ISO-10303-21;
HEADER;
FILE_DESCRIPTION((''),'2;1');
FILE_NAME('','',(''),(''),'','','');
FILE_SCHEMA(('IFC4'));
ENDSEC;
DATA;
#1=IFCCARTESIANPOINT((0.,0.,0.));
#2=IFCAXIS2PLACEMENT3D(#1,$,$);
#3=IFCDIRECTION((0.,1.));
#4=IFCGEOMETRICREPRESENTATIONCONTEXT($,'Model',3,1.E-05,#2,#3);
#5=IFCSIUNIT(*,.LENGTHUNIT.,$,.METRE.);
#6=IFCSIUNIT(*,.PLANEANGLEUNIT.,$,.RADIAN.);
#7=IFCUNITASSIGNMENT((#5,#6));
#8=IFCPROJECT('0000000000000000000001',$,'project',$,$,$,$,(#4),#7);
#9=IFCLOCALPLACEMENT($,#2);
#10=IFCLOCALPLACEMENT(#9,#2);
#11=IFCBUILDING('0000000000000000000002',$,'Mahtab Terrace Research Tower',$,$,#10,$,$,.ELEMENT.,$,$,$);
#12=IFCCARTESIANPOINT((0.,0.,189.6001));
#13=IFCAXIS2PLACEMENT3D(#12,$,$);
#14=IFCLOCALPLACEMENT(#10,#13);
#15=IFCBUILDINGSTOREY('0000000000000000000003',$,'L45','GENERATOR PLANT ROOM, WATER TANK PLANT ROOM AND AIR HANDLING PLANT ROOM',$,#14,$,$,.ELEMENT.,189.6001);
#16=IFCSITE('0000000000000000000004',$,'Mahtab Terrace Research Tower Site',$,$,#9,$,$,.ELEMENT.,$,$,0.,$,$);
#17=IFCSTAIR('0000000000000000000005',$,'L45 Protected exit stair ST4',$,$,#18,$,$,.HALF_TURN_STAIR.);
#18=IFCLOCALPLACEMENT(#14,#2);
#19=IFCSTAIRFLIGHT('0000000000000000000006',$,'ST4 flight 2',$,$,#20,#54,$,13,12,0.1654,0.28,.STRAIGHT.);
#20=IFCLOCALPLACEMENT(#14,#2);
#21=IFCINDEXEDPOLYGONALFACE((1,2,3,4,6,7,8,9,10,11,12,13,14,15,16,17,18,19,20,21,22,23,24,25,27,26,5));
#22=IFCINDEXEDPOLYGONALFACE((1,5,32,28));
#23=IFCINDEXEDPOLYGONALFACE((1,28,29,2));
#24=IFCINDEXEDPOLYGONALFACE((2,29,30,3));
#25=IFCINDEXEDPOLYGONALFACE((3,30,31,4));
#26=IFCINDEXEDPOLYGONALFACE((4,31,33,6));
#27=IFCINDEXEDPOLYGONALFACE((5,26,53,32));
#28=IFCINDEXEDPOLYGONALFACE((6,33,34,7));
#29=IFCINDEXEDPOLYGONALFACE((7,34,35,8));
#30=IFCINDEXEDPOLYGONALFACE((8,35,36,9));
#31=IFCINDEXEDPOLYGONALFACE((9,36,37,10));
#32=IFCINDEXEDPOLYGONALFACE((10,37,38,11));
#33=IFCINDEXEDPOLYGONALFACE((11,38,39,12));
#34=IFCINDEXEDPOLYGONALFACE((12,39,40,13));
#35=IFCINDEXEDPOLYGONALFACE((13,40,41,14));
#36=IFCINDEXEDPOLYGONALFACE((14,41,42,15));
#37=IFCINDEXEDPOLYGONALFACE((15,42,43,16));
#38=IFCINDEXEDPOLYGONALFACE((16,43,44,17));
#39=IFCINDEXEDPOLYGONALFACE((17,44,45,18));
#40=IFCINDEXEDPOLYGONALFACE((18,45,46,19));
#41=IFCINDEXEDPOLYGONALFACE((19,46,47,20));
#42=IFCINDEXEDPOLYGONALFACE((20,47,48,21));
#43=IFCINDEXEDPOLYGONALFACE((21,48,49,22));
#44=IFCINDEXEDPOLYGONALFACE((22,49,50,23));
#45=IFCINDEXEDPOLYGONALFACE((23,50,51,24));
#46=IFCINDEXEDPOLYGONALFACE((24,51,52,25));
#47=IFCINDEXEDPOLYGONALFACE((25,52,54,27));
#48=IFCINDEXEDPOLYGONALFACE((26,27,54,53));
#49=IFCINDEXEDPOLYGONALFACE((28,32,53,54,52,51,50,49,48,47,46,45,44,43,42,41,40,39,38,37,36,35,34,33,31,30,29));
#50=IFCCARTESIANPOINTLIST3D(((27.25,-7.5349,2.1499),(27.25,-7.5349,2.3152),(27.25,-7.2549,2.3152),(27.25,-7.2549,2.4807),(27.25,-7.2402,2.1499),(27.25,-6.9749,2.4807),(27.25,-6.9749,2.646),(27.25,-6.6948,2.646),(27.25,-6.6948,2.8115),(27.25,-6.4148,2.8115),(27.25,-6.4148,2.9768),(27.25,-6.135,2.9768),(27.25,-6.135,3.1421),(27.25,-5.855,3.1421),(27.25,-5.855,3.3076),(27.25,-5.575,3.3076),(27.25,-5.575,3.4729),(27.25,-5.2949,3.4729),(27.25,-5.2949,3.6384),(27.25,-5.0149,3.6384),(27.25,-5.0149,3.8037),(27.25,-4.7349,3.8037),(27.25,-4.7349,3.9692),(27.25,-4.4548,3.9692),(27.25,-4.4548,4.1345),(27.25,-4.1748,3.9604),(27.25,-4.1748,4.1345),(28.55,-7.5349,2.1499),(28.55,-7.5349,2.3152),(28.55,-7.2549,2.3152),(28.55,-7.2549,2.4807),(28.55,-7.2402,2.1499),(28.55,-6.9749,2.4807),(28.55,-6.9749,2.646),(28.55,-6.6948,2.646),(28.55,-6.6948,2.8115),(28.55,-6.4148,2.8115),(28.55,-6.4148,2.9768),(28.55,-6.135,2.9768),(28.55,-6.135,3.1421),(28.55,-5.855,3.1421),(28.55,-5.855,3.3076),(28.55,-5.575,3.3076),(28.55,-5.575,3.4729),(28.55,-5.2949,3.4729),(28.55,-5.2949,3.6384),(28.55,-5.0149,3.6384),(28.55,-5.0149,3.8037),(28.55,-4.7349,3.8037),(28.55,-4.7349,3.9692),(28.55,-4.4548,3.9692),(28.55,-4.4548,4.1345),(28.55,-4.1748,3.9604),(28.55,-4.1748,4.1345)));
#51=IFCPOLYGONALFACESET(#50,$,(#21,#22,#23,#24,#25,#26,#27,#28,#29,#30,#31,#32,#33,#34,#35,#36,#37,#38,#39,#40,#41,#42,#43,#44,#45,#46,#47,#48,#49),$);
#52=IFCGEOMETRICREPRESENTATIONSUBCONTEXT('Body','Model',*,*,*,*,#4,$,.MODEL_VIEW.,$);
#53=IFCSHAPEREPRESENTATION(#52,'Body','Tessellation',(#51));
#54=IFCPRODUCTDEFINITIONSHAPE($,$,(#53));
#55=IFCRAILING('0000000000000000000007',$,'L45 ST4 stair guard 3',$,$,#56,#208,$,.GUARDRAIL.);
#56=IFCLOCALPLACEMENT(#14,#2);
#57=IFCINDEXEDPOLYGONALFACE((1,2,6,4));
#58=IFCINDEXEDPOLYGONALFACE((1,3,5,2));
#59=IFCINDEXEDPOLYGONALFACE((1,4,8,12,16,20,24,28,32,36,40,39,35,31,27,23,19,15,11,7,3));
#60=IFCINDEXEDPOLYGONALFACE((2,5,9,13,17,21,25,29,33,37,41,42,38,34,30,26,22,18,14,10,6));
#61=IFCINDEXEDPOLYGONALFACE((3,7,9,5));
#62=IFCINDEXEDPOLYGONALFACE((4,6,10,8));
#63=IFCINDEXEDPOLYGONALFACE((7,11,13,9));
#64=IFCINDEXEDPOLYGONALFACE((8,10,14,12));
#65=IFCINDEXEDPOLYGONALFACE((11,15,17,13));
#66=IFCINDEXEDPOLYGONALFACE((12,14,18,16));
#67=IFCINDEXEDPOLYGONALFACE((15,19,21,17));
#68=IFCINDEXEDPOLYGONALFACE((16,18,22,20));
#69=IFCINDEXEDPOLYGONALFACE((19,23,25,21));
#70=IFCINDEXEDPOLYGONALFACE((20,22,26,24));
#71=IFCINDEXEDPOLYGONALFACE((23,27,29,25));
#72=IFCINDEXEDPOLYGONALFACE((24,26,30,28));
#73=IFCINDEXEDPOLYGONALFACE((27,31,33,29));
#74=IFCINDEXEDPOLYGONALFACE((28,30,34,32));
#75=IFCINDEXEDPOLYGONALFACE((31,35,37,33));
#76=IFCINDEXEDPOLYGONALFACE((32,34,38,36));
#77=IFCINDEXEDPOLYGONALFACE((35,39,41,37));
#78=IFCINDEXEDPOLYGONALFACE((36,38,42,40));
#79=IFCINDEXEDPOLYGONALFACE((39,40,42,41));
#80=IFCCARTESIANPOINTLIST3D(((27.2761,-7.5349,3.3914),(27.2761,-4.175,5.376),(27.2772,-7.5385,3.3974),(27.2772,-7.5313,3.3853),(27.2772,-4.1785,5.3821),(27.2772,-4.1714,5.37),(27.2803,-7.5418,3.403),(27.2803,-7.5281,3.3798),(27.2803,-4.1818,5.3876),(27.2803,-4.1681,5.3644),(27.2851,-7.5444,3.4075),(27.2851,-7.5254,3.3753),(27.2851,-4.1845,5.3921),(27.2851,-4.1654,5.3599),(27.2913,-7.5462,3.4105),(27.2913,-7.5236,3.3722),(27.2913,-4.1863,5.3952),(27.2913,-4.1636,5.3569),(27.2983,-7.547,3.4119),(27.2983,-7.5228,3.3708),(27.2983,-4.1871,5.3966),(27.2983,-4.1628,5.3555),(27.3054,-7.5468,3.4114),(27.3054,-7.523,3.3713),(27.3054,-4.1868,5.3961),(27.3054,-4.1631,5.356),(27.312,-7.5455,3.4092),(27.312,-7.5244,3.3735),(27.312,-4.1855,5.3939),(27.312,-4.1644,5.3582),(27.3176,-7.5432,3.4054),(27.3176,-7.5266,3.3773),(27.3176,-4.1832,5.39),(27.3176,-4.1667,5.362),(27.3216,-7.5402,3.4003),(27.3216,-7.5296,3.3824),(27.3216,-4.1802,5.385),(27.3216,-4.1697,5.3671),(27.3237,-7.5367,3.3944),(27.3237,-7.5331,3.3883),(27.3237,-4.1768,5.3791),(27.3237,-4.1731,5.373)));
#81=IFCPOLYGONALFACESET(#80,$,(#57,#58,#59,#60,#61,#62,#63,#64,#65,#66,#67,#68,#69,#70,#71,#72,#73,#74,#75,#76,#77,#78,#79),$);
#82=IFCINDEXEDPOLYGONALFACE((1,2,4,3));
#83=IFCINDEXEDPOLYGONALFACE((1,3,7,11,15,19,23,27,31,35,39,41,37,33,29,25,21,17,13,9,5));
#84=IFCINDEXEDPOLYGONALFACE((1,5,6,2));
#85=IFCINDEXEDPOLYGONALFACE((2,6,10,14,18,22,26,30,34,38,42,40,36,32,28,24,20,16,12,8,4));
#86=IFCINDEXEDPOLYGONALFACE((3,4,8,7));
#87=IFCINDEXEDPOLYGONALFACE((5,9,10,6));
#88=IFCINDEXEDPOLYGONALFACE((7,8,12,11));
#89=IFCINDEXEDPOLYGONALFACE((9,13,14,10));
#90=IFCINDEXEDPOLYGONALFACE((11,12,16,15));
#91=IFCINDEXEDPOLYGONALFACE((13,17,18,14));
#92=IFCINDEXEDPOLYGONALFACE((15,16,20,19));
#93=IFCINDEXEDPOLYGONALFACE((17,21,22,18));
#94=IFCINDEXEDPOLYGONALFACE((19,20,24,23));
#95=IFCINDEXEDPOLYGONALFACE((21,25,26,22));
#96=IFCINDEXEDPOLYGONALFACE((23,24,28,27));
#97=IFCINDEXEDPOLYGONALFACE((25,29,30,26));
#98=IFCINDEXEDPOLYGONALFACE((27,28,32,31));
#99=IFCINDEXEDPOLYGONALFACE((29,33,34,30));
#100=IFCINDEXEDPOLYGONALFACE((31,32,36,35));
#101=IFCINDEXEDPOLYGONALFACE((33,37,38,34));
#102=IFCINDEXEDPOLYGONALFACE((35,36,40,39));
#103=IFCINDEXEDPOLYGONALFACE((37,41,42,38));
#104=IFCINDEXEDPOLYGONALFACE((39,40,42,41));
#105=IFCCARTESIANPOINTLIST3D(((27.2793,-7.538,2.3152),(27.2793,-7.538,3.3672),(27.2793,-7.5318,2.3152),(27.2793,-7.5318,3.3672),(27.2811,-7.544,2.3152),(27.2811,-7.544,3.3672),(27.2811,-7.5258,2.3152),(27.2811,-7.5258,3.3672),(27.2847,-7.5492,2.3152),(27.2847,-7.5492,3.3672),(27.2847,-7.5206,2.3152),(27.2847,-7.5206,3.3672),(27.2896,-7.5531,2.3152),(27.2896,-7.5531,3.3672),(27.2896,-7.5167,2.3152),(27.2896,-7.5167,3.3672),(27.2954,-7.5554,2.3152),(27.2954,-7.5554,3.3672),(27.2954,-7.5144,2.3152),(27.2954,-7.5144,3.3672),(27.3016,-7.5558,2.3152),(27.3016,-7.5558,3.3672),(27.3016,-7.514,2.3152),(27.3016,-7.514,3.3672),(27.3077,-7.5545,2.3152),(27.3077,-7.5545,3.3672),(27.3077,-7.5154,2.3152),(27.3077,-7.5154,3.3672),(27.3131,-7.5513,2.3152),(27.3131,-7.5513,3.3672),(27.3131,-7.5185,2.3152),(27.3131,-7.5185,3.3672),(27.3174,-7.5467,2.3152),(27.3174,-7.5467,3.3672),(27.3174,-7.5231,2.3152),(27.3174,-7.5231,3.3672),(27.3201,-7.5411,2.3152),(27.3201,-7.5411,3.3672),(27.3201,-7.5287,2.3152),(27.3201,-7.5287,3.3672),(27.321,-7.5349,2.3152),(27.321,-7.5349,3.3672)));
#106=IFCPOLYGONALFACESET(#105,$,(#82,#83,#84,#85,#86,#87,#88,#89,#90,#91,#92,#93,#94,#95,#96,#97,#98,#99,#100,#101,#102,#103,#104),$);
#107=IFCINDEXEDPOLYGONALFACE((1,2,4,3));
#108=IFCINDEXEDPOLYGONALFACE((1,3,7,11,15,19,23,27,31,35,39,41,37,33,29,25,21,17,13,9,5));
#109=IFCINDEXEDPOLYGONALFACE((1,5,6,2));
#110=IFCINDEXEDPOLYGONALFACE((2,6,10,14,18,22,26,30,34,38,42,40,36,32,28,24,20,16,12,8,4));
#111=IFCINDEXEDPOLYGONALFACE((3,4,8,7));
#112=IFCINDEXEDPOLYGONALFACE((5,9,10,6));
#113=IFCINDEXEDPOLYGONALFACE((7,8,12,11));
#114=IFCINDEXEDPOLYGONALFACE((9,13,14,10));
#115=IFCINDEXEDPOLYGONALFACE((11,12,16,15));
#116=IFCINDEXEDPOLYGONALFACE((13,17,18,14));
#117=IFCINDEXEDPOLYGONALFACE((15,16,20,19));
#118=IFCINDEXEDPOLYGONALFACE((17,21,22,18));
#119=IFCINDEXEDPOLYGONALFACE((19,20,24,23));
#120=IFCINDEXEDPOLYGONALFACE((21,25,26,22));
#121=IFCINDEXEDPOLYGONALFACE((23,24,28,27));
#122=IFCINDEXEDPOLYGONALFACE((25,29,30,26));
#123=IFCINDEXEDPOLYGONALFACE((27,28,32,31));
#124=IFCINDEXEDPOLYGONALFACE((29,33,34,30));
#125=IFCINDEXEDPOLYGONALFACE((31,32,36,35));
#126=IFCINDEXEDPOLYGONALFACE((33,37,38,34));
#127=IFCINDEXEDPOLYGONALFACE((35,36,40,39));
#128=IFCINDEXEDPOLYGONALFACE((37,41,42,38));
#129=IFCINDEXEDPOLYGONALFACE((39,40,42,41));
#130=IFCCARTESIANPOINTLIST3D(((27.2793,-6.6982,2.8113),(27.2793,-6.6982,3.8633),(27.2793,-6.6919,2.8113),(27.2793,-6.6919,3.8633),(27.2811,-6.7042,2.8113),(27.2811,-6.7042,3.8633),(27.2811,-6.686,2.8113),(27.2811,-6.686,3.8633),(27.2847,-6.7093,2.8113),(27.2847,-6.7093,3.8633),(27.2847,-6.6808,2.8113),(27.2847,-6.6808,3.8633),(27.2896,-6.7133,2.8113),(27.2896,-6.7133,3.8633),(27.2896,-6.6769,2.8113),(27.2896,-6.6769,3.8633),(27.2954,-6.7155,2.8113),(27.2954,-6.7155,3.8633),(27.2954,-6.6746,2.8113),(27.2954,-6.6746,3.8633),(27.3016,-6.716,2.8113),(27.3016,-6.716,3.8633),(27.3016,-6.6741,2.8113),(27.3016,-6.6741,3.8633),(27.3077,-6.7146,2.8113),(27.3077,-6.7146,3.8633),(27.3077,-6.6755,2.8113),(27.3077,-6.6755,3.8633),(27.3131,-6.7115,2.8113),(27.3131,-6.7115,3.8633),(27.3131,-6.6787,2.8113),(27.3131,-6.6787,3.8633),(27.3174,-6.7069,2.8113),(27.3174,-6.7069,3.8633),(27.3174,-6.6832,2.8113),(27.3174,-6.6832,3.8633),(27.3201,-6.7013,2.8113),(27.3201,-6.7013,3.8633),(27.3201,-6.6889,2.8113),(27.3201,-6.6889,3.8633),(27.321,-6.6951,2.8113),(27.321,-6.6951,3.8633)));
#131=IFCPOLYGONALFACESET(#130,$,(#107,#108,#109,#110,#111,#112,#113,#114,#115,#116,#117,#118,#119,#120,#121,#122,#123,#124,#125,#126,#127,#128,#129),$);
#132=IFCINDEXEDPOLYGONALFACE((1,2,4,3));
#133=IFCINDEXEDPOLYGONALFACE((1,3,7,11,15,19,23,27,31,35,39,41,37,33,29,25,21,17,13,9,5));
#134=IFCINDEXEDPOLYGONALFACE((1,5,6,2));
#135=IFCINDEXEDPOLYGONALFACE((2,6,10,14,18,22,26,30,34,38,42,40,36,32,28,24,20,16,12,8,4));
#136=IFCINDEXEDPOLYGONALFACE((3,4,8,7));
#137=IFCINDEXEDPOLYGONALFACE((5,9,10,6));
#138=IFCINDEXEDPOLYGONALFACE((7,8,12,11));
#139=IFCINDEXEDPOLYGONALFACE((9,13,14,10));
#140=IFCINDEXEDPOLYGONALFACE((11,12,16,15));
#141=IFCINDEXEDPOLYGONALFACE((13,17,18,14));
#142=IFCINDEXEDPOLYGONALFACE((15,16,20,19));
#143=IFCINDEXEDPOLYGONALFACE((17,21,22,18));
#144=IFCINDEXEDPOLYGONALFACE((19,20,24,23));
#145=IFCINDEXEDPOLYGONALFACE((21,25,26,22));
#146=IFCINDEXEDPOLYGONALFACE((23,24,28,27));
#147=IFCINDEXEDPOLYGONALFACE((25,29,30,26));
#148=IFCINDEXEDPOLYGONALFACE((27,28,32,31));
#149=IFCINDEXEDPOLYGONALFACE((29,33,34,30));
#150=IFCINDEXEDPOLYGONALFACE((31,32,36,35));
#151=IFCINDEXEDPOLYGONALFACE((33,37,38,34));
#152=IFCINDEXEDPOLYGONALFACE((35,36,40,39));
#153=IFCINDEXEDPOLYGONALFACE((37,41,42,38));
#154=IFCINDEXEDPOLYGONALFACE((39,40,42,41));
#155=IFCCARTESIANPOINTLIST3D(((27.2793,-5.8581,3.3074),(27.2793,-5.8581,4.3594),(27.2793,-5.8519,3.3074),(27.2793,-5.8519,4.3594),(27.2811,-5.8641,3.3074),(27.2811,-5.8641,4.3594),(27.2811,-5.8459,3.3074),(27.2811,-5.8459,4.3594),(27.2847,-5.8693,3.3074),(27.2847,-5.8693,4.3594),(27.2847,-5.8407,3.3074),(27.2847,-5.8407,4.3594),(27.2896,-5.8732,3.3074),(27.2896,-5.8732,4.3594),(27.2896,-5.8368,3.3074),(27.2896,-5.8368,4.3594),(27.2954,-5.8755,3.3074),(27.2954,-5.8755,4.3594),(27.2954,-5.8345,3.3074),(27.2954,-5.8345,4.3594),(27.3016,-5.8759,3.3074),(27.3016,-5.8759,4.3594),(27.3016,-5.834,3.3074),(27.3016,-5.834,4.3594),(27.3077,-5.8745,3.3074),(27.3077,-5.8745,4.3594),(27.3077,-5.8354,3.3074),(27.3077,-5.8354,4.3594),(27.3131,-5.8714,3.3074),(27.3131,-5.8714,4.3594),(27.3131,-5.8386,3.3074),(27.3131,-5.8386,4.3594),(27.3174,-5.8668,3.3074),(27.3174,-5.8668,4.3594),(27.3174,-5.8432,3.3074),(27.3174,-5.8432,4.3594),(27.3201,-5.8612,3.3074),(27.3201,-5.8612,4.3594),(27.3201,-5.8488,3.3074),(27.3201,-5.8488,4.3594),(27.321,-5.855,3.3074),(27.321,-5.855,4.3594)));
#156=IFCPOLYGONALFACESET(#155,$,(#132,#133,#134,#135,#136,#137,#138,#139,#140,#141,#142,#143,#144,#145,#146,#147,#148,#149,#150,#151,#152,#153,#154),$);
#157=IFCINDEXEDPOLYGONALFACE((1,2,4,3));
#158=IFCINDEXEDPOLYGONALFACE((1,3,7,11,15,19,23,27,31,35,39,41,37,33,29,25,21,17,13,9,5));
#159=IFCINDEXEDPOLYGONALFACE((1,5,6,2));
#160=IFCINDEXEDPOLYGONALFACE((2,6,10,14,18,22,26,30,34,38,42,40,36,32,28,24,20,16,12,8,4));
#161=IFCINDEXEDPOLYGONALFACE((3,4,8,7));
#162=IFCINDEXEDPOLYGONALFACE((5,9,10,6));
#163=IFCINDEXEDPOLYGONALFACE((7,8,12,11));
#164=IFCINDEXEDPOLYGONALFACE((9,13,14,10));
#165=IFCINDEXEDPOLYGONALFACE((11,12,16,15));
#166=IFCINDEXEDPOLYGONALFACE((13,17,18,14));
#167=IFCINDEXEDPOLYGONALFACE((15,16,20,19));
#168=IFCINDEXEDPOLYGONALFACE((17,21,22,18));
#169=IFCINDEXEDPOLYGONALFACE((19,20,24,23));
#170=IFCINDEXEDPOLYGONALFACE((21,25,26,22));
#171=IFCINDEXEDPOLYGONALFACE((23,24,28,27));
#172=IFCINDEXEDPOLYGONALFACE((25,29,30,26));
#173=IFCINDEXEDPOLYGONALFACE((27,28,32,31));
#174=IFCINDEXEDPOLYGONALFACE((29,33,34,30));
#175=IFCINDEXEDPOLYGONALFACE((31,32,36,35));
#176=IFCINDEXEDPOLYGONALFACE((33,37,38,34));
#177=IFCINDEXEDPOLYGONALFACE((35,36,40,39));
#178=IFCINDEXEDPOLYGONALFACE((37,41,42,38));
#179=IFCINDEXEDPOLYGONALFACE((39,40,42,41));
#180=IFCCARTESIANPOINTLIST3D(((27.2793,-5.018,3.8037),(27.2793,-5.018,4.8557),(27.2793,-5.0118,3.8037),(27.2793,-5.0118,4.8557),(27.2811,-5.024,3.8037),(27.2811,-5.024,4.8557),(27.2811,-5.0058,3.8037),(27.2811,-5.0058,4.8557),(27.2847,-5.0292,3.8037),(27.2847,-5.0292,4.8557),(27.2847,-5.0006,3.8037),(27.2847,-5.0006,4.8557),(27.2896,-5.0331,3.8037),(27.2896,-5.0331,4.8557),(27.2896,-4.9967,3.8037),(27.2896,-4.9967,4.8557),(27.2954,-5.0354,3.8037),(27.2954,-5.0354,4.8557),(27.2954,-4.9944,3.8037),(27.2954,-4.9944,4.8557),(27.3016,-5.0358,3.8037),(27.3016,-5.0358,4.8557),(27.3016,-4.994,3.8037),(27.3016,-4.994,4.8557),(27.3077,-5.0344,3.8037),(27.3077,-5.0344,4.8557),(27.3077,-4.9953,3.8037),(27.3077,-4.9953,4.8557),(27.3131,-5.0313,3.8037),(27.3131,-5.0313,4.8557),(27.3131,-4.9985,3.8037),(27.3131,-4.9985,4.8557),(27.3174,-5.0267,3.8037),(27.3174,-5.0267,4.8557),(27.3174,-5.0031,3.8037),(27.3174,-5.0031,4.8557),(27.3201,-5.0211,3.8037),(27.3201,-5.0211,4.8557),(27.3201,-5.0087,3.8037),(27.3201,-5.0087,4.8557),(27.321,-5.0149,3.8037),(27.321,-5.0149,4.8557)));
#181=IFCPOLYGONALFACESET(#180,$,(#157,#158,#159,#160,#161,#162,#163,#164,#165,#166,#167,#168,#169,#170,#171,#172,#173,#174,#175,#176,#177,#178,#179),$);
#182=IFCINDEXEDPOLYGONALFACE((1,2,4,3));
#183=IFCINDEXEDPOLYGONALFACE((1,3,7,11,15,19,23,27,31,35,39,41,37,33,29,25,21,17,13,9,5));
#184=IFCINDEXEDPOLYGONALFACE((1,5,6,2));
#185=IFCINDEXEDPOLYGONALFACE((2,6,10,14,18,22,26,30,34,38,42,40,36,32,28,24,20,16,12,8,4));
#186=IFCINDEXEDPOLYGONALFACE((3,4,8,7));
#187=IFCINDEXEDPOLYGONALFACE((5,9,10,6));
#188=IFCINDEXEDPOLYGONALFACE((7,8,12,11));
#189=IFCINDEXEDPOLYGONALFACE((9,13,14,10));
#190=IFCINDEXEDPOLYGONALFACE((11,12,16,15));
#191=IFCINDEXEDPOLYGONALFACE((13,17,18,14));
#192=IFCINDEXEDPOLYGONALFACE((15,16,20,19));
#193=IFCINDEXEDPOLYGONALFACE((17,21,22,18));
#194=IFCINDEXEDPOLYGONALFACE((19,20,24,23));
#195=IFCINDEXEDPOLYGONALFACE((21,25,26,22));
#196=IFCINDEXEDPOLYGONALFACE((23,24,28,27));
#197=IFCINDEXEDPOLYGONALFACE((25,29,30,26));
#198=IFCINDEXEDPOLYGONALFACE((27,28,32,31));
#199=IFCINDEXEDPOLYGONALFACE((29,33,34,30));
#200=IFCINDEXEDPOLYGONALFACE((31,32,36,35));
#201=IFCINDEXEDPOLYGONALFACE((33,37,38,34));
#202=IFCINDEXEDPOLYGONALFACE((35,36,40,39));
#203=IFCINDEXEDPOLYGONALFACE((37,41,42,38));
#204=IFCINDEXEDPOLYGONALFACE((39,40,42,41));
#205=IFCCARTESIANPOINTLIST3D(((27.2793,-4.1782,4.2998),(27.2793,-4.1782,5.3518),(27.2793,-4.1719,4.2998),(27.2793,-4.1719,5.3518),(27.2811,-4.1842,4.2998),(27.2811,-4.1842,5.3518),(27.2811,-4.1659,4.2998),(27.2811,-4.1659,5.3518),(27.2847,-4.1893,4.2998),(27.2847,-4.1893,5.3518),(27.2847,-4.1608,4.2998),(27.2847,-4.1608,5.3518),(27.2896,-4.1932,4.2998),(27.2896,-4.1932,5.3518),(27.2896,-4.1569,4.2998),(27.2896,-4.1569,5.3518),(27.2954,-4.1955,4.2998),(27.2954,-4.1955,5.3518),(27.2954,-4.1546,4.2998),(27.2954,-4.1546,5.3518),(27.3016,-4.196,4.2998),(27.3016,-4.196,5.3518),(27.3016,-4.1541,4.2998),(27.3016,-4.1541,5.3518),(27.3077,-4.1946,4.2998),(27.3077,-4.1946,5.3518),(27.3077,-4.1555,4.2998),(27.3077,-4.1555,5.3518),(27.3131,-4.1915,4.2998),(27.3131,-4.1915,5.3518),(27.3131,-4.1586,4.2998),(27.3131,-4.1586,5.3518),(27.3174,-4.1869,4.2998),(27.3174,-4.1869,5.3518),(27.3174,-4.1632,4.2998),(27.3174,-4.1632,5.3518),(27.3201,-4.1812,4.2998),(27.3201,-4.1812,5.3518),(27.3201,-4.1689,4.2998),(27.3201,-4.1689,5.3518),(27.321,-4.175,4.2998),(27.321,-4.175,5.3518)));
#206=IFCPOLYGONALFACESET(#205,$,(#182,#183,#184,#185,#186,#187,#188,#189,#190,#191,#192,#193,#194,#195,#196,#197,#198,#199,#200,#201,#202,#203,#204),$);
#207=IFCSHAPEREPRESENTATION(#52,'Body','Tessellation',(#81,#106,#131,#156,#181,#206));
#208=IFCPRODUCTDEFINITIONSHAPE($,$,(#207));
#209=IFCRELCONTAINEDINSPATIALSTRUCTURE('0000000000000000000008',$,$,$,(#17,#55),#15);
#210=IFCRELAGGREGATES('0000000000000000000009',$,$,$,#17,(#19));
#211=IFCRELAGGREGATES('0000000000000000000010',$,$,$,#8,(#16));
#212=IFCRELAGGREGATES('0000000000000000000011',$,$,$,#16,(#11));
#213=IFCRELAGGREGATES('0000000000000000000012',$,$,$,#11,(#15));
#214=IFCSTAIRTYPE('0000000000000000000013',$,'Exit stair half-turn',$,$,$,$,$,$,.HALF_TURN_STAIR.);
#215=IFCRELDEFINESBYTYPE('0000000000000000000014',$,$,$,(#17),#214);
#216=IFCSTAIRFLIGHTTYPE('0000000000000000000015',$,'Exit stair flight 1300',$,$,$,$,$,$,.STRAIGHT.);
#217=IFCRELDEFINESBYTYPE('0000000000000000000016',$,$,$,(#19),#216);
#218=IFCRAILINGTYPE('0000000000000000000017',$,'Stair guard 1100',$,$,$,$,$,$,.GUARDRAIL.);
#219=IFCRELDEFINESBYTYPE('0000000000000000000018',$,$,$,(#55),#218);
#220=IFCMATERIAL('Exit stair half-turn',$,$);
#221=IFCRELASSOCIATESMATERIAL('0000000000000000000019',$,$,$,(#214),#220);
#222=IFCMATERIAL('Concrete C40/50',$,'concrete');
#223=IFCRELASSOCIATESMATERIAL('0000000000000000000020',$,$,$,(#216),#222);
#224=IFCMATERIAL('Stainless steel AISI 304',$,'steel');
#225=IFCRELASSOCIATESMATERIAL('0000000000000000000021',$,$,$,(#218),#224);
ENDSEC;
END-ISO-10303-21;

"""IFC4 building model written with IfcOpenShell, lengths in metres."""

from ifc_helpers import new_model, si_unit, direction, frame, origin, origin_2d, place, context, subcontext, project, spatial, polyline, circle, outline, extrude, material, type_object, element, aggregate, save


model = new_model("IFC4")

# Units and contexts
model_context = context("Model", 3, precision=1e-05, world=origin(), true_north=direction((0.0, 1.0)))
body_context = subcontext(model_context, "Body", "Model", "MODEL_VIEW")
ifc_project = project(units=[si_unit("LENGTHUNIT", "METRE"), si_unit("PLANEANGLEUNIT", "RADIAN")], contexts=[model_context])

# Site, building, storey
site_placement = place(None, origin())
site = spatial("IfcSite", under=ifc_project, at=site_placement, Name="Mahtab Terrace Research Tower Site", CompositionType="ELEMENT", RefElevation=0.0)
building_placement = place(site_placement, origin())
building = spatial("IfcBuilding", under=site, at=building_placement, Name="Mahtab Terrace Research Tower", CompositionType="ELEMENT")
storey_placement = place(building_placement, frame((0.0, 0.0, 189.6001)))
storey = spatial("IfcBuildingStorey", under=building, at=storey_placement, Name="L45", Description="GENERATOR PLANT ROOM, WATER TANK PLANT ROOM AND AIR HANDLING PLANT ROOM", CompositionType="ELEMENT", Elevation=189.6001)

# Stair, stair flight
ifc_material_1 = material(Name="Exit stair half-turn")
stair_type = type_object("IfcStairType", Name="Exit stair half-turn", PredefinedType="HALF_TURN_STAIR", material=ifc_material_1)
stair_placement = place(storey_placement, origin())
stair = element("IfcStair", 1, at=stair_placement, inside=storey, type_object=stair_type, Name="L45 Protected exit stair ST4", PredefinedType="HALF_TURN_STAIR")
ifc_material_2 = material(Name="Concrete C40/50", Category="concrete")
stair_flight_type = type_object("IfcStairFlightType", Name="Exit stair flight 1300", PredefinedType="STRAIGHT", material=ifc_material_2)
stair_flight_placement = place(storey_placement, frame((27.8999, -7.5349, 2.1499), z_axis=(0.0, 0.0, 1.0), x_axis=(0.0, 1.0, 0.0)))
stair_flight = element("IfcStairFlight", 2, at=stair_flight_placement, type_object=stair_flight_type, Name="ST4 flight 2", NumberOfRisers=13, NumberOfTreads=12, PredefinedType="STRAIGHT", RiserHeight=0.1654, TreadLength=0.28, context=body_context, shape_type="SweptSolid", body=[
    extrude(outline(polyline([(0.0, 0.0), (0.0, 0.1653), (0.28, 0.1653), (0.28, 0.3308), (0.5601, 0.3308), (0.5601, 0.4961), (0.8401, 0.4961), (0.8401, 0.6616), (1.1201, 0.6616), (1.1201, 0.8269), (1.3999, 0.8269), (1.3999, 0.9922), (1.6799, 0.9922), (1.6799, 1.1577), (1.96, 1.1577), (1.96, 1.323), (2.24, 1.323), (2.24, 1.4885), (2.52, 1.4885), (2.52, 1.6538), (2.8, 1.6538), (2.8, 1.8193), (3.0801, 1.8193), (3.0801, 1.9846), (3.3601, 1.9846), (3.3601, 2.1499), (3.3601, 1.8105), (0.2947, 0.0), (0.0, 0.0)])), frame((0.0, 0.6499, 0.0), z_axis=(0.0, -1.0, 0.0), x_axis=(1.0, 0.0, 0.0)), (0.0, 0.0, 1.0), 1.3),
])
aggregate(stair, [stair_flight])

# Railing
ifc_material_3 = material(Name="Stainless steel AISI 304", Category="steel")
railing_type_1 = type_object("IfcRailingType", Name="Stair guard 1100", PredefinedType="GUARDRAIL", material=ifc_material_3)
railing_1_placement = place(storey_placement, frame((27.3, -7.5349, 2.3152)))
element("IfcRailing", 3, at=railing_1_placement, inside=storey, type_object=railing_type_1, Name="L45 ST4 stair guard 3", PredefinedType="GUARDRAIL", context=body_context, shape_type="SweptSolid", body=[
    extrude(circle(Radius=0.0239, at=origin_2d()), frame((0.0, 0.0, 1.0762), z_axis=(0.0, 0.861011, 0.508586), x_axis=(-1.0, 0.0, 0.0)), (0.0, 0.0, 1.0), 3.9023),
    extrude(circle(Radius=0.021, at=origin_2d()), origin(), (0.0, 0.0, 1.0), 1.052),
    extrude(circle(Radius=0.021, at=origin_2d()), frame((0.0, 0.8398, 0.4961)), (0.0, 0.0, 1.0), 1.052),
    extrude(circle(Radius=0.021, at=origin_2d()), frame((0.0, 1.6799, 0.9922)), (0.0, 0.0, 1.0), 1.052),
    extrude(circle(Radius=0.021, at=origin_2d()), frame((0.0, 2.52, 1.4885)), (0.0, 0.0, 1.0), 1.052),
    extrude(circle(Radius=0.021, at=origin_2d()), frame((0.0, 3.3599, 1.9846)), (0.0, 0.0, 1.0), 1.052),
])

save(model, "model.ifc")
